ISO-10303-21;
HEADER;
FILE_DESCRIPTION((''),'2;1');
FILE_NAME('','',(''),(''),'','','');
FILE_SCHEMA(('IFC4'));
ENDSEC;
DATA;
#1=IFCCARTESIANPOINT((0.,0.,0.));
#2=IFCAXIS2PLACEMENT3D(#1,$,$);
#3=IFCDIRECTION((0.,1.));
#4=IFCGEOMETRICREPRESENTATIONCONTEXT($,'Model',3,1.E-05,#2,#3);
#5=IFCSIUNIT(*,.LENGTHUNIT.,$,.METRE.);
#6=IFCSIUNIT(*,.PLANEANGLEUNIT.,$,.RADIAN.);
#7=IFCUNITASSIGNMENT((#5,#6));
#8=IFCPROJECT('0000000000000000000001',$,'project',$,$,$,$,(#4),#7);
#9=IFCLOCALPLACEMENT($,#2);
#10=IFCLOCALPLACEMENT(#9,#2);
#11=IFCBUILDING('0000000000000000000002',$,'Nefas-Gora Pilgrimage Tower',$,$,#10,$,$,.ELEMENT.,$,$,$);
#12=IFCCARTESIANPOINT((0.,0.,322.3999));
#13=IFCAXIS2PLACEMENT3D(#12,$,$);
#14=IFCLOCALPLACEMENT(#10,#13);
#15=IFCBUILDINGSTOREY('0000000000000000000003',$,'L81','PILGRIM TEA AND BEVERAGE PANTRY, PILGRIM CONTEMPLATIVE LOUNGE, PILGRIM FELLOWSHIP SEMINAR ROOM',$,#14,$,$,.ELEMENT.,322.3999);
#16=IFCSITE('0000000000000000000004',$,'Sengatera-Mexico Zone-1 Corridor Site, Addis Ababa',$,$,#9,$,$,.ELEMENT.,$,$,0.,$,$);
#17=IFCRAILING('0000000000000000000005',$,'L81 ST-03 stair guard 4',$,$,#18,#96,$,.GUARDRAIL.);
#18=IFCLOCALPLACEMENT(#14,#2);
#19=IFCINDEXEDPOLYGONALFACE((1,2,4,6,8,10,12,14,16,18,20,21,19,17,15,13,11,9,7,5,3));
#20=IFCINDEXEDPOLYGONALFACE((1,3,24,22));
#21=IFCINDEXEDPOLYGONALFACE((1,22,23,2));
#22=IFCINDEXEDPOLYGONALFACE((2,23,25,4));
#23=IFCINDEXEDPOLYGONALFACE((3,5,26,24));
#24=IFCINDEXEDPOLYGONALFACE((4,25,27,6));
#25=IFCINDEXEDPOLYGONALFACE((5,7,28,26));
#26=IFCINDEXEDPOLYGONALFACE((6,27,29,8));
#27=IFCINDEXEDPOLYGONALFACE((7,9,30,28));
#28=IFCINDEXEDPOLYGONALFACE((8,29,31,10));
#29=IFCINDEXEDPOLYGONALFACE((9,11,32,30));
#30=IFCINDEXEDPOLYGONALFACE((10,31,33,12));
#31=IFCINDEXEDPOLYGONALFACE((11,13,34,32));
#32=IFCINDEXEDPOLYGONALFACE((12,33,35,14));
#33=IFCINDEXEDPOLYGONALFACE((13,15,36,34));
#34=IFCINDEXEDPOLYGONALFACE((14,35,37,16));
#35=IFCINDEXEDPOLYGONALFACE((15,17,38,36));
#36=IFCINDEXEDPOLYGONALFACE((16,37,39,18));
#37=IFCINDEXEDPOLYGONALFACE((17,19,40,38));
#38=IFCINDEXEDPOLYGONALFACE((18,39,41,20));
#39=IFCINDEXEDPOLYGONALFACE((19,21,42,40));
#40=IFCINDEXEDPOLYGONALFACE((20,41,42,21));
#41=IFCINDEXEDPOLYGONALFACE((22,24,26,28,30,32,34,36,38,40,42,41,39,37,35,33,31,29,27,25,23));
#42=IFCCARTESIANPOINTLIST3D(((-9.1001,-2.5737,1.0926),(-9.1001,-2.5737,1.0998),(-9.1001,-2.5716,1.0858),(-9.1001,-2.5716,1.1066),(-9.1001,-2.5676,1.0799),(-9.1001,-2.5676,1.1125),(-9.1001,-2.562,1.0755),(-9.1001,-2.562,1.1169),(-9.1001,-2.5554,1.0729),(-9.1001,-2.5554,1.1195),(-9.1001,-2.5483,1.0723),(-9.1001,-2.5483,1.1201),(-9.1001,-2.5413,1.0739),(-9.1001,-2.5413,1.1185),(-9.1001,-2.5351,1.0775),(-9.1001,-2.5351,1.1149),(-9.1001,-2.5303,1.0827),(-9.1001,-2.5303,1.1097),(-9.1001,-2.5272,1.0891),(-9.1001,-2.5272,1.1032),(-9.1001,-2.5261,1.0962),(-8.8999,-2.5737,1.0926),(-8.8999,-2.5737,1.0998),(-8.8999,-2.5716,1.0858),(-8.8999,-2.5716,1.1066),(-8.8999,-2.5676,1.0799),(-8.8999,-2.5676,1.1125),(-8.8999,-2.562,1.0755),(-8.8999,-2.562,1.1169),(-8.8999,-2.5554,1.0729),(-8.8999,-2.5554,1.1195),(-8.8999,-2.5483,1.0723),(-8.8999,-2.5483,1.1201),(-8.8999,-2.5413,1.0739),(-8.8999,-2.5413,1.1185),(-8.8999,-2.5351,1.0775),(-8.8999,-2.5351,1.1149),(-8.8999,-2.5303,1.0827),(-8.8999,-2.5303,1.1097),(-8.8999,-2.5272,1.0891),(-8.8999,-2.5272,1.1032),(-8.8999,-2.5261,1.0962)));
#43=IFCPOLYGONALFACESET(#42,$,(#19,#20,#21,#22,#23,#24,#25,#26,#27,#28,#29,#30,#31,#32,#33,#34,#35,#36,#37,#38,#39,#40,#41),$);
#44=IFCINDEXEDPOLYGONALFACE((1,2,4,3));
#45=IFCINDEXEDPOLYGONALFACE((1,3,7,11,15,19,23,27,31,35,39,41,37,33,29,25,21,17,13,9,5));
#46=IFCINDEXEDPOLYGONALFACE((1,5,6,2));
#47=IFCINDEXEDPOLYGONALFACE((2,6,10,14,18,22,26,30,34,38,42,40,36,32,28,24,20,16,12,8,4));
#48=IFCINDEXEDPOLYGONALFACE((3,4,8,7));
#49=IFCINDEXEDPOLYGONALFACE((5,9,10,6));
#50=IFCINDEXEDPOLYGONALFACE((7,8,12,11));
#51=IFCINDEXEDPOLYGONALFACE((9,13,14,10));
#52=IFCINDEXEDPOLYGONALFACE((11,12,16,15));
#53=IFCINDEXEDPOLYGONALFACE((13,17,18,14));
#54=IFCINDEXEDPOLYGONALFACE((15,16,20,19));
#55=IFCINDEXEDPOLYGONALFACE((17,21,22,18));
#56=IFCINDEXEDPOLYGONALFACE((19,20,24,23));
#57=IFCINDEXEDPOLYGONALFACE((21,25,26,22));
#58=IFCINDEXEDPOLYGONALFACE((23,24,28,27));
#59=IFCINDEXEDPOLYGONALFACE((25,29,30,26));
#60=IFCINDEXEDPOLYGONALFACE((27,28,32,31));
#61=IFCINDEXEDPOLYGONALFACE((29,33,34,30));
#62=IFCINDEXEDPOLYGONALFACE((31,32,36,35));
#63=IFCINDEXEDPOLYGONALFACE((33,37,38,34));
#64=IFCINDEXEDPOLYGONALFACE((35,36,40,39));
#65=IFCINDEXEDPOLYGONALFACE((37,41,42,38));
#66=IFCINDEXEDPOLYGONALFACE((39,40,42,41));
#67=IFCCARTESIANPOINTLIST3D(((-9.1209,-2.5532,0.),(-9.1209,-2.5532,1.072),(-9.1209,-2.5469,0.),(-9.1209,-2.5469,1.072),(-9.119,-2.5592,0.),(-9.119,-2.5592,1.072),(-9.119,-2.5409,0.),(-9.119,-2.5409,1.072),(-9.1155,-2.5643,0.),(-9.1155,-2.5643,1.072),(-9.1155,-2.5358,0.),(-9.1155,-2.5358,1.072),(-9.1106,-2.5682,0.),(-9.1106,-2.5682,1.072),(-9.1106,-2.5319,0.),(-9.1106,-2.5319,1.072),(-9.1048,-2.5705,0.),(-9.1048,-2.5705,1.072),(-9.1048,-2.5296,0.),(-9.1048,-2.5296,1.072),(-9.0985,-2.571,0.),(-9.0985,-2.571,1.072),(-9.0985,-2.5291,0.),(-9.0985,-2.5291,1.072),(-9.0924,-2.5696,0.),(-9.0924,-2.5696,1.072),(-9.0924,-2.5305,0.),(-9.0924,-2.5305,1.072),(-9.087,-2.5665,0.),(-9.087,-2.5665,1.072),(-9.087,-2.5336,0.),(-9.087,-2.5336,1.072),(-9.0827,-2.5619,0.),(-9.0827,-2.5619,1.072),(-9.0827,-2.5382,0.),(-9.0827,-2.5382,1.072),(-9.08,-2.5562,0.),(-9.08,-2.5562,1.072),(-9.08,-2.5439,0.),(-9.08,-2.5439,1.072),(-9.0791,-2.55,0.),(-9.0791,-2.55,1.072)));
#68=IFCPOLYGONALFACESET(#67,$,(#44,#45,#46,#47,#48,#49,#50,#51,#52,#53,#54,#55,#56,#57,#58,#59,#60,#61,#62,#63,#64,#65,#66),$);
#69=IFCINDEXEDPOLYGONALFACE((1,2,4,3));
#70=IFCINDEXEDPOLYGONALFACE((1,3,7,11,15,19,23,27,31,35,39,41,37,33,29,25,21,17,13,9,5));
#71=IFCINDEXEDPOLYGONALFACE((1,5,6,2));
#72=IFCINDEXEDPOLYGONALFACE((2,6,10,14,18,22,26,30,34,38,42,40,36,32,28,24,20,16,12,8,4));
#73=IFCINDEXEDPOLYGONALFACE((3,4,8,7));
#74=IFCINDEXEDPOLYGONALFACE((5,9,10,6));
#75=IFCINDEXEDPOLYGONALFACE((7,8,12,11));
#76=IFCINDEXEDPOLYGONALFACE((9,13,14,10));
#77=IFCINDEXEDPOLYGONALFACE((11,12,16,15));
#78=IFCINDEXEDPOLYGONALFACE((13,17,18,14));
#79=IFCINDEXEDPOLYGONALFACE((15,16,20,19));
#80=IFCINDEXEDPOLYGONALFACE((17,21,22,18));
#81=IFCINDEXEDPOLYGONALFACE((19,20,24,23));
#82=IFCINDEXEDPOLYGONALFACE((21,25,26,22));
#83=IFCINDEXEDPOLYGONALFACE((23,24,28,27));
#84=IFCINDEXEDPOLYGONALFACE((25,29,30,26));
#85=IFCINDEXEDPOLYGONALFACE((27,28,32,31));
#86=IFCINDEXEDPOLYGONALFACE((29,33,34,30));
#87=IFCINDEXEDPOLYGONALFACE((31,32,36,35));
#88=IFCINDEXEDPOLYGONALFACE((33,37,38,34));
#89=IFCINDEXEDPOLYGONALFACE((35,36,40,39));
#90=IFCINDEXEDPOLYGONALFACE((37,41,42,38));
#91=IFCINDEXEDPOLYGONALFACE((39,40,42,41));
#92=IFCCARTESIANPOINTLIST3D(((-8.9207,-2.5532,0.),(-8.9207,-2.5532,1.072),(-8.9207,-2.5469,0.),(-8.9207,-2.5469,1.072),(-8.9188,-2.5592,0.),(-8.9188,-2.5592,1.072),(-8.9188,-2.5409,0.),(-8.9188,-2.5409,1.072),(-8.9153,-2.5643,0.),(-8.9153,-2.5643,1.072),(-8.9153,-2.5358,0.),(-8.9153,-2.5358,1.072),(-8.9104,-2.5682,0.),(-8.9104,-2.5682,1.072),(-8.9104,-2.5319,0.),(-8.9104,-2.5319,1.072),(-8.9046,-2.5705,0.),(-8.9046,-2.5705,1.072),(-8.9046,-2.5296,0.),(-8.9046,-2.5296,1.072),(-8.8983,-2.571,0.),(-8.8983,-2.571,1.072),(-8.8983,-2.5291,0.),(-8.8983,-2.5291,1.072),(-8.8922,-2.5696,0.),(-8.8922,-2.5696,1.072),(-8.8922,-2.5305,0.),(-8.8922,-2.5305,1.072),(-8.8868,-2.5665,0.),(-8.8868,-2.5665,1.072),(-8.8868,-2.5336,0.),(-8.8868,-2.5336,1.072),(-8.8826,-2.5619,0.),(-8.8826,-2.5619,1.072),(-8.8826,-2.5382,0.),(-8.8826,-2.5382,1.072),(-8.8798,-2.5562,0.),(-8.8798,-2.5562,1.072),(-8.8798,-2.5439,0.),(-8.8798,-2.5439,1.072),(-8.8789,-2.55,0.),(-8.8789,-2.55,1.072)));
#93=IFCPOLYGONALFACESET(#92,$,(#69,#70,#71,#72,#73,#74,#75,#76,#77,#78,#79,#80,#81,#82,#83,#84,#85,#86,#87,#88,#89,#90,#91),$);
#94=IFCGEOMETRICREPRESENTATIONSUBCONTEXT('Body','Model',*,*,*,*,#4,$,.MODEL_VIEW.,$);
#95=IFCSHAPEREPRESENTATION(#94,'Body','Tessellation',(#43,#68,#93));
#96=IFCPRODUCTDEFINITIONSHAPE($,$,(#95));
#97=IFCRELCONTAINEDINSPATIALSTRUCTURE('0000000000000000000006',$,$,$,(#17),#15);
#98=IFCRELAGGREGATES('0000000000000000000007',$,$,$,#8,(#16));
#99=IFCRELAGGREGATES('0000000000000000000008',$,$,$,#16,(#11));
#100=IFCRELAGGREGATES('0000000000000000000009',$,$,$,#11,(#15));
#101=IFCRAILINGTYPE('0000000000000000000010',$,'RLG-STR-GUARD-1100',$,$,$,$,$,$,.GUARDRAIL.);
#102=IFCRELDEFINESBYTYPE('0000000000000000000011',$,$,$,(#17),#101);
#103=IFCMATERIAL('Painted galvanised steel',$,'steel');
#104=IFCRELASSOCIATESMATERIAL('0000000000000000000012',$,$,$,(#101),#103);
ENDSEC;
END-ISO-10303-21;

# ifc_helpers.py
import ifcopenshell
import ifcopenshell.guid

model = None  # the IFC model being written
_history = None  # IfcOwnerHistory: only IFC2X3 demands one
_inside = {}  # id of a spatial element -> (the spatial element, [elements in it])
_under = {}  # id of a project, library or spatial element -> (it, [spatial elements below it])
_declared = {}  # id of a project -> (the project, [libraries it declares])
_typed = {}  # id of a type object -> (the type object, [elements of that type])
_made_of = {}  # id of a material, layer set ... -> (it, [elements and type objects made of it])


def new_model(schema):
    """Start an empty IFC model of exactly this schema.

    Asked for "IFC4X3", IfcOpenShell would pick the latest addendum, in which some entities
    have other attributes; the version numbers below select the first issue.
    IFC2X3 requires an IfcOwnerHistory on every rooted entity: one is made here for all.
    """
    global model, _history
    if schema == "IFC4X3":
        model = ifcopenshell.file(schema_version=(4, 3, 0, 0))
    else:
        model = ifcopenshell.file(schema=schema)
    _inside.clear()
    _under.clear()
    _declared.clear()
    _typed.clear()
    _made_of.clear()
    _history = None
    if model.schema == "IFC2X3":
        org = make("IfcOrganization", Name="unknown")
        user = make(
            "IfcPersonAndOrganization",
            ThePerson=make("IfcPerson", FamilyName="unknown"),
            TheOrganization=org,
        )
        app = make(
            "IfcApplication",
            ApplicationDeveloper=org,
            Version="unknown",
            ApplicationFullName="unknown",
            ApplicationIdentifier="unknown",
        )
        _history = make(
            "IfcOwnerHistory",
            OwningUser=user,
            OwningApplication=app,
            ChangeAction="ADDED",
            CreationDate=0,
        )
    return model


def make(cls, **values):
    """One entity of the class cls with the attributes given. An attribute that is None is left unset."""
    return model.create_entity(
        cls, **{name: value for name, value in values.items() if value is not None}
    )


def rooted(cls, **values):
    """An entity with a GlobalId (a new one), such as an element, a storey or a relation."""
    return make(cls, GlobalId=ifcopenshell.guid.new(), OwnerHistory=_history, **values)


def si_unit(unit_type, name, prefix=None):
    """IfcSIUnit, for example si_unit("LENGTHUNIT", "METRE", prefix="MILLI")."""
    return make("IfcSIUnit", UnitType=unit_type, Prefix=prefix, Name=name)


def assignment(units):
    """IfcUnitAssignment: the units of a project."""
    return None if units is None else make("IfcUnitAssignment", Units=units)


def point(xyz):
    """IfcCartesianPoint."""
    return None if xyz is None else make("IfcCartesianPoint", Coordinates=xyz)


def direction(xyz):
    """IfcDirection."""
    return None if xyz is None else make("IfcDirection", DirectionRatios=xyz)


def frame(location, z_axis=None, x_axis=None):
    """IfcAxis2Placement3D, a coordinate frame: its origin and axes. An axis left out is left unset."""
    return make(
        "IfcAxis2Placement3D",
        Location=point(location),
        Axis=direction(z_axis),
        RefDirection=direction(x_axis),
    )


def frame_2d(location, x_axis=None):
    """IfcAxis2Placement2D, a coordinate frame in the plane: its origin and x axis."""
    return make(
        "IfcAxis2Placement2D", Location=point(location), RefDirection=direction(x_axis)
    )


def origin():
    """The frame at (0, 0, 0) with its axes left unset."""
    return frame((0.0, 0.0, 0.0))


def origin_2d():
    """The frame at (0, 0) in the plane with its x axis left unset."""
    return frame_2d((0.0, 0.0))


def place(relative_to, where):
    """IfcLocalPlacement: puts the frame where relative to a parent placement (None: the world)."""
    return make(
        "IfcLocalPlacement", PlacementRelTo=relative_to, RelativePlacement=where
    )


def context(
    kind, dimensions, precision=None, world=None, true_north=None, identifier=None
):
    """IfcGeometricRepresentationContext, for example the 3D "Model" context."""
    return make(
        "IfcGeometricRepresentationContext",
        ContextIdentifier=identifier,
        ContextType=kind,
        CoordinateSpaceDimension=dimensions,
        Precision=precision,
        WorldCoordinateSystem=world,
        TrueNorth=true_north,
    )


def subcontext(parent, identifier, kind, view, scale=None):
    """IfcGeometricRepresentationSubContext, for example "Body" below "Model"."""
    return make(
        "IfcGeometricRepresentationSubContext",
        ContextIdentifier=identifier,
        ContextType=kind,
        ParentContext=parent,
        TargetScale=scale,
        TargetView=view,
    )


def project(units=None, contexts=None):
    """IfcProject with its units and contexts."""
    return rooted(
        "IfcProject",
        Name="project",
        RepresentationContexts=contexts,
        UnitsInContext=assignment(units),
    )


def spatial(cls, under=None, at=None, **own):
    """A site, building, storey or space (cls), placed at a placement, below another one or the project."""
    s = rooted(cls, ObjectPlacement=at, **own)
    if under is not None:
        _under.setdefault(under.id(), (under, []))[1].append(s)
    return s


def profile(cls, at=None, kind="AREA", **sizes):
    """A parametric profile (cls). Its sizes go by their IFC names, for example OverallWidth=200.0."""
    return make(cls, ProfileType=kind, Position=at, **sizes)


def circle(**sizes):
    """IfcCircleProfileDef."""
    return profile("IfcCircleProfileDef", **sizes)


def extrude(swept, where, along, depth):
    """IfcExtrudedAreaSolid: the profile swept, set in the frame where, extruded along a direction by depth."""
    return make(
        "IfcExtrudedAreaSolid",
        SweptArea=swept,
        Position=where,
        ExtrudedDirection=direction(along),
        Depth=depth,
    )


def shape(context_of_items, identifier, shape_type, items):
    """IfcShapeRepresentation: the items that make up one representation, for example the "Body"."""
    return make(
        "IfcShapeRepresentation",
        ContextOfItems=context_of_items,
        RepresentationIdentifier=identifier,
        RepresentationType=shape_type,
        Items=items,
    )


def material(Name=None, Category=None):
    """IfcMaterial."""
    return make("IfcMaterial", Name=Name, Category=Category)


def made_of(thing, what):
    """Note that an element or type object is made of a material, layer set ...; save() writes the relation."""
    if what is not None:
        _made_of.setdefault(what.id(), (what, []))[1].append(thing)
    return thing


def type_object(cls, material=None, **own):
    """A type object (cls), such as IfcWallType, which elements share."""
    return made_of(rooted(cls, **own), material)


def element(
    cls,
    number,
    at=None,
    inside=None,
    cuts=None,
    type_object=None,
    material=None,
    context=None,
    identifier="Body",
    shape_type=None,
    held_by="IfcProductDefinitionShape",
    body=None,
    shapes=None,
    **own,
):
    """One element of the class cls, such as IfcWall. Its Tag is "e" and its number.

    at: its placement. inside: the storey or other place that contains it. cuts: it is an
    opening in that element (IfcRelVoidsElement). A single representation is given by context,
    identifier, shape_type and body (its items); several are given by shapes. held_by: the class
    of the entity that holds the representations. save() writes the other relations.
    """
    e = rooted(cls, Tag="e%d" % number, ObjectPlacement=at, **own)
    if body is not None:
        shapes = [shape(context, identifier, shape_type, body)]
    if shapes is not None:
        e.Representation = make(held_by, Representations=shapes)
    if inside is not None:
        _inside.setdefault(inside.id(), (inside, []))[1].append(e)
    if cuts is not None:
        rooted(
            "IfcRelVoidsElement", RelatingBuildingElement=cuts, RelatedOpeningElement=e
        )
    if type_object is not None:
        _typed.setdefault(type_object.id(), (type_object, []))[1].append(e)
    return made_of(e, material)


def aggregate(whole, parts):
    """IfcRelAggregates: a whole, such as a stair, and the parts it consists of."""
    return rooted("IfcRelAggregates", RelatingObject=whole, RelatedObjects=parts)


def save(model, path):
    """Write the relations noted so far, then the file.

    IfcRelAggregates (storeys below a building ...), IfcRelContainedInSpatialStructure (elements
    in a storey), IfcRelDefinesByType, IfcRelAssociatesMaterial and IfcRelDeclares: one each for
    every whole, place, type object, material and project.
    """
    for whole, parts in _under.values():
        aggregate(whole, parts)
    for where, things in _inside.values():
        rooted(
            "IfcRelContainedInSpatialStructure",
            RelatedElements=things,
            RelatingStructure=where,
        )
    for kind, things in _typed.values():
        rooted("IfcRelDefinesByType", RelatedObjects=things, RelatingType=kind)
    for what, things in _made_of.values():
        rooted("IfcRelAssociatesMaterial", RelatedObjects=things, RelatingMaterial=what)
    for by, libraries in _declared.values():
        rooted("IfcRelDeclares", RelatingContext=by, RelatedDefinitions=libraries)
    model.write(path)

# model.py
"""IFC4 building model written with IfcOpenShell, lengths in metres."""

from ifc_helpers import new_model, si_unit, direction, frame, origin, origin_2d, place, context, subcontext, project, spatial, circle, extrude, material, type_object, element, save


model = new_model("IFC4")

# Units and contexts
model_context = context("Model", 3, precision=1e-05, world=origin(), true_north=direction((0.0, 1.0)))
body_context = subcontext(model_context, "Body", "Model", "MODEL_VIEW")
ifc_project = project(units=[si_unit("LENGTHUNIT", "METRE"), si_unit("PLANEANGLEUNIT", "RADIAN")], contexts=[model_context])

# Site, building, storey
site_placement = place(None, origin())
site = spatial("IfcSite", under=ifc_project, at=site_placement, Name="Sengatera-Mexico Zone-1 Corridor Site, Addis Ababa", CompositionType="ELEMENT", RefElevation=0.0)
building_placement = place(site_placement, origin())
building = spatial("IfcBuilding", under=site, at=building_placement, Name="Nefas-Gora Pilgrimage Tower", CompositionType="ELEMENT")
storey_placement = place(building_placement, frame((0.0, 0.0, 322.3999)))
storey = spatial("IfcBuildingStorey", under=building, at=storey_placement, Name="L81", Description="PILGRIM TEA AND BEVERAGE PANTRY, PILGRIM CONTEMPLATIVE LOUNGE, PILGRIM FELLOWSHIP SEMINAR ROOM", CompositionType="ELEMENT", Elevation=322.3999)

# Railing
ifc_material_1 = material(Name="Painted galvanised steel", Category="steel")
railing_type_1 = type_object("IfcRailingType", Name="RLG-STR-GUARD-1100", PredefinedType="GUARDRAIL", material=ifc_material_1)
railing_1_placement = place(storey_placement, frame((-9.1001, -2.55, 0.0)))
element("IfcRailing", 1, at=railing_1_placement, inside=storey, type_object=railing_type_1, Name="L81 ST-03 stair guard 4", PredefinedType="GUARDRAIL", context=body_context, shape_type="SweptSolid", body=[
    extrude(circle(Radius=0.0239, at=origin_2d()), frame((0.0, 0.0, 1.0962), z_axis=(1.0, 0.0, 0.0), x_axis=(0.0, 1.0, 0.0)), (0.0, 0.0, 1.0), 0.2002),
    extrude(circle(Radius=0.021, at=origin_2d()), origin(), (0.0, 0.0, 1.0), 1.072),
    extrude(circle(Radius=0.021, at=origin_2d()), frame((0.2002, 0.0, 0.0)), (0.0, 0.0, 1.0), 1.072),
])

save(model, "model.ifc")
